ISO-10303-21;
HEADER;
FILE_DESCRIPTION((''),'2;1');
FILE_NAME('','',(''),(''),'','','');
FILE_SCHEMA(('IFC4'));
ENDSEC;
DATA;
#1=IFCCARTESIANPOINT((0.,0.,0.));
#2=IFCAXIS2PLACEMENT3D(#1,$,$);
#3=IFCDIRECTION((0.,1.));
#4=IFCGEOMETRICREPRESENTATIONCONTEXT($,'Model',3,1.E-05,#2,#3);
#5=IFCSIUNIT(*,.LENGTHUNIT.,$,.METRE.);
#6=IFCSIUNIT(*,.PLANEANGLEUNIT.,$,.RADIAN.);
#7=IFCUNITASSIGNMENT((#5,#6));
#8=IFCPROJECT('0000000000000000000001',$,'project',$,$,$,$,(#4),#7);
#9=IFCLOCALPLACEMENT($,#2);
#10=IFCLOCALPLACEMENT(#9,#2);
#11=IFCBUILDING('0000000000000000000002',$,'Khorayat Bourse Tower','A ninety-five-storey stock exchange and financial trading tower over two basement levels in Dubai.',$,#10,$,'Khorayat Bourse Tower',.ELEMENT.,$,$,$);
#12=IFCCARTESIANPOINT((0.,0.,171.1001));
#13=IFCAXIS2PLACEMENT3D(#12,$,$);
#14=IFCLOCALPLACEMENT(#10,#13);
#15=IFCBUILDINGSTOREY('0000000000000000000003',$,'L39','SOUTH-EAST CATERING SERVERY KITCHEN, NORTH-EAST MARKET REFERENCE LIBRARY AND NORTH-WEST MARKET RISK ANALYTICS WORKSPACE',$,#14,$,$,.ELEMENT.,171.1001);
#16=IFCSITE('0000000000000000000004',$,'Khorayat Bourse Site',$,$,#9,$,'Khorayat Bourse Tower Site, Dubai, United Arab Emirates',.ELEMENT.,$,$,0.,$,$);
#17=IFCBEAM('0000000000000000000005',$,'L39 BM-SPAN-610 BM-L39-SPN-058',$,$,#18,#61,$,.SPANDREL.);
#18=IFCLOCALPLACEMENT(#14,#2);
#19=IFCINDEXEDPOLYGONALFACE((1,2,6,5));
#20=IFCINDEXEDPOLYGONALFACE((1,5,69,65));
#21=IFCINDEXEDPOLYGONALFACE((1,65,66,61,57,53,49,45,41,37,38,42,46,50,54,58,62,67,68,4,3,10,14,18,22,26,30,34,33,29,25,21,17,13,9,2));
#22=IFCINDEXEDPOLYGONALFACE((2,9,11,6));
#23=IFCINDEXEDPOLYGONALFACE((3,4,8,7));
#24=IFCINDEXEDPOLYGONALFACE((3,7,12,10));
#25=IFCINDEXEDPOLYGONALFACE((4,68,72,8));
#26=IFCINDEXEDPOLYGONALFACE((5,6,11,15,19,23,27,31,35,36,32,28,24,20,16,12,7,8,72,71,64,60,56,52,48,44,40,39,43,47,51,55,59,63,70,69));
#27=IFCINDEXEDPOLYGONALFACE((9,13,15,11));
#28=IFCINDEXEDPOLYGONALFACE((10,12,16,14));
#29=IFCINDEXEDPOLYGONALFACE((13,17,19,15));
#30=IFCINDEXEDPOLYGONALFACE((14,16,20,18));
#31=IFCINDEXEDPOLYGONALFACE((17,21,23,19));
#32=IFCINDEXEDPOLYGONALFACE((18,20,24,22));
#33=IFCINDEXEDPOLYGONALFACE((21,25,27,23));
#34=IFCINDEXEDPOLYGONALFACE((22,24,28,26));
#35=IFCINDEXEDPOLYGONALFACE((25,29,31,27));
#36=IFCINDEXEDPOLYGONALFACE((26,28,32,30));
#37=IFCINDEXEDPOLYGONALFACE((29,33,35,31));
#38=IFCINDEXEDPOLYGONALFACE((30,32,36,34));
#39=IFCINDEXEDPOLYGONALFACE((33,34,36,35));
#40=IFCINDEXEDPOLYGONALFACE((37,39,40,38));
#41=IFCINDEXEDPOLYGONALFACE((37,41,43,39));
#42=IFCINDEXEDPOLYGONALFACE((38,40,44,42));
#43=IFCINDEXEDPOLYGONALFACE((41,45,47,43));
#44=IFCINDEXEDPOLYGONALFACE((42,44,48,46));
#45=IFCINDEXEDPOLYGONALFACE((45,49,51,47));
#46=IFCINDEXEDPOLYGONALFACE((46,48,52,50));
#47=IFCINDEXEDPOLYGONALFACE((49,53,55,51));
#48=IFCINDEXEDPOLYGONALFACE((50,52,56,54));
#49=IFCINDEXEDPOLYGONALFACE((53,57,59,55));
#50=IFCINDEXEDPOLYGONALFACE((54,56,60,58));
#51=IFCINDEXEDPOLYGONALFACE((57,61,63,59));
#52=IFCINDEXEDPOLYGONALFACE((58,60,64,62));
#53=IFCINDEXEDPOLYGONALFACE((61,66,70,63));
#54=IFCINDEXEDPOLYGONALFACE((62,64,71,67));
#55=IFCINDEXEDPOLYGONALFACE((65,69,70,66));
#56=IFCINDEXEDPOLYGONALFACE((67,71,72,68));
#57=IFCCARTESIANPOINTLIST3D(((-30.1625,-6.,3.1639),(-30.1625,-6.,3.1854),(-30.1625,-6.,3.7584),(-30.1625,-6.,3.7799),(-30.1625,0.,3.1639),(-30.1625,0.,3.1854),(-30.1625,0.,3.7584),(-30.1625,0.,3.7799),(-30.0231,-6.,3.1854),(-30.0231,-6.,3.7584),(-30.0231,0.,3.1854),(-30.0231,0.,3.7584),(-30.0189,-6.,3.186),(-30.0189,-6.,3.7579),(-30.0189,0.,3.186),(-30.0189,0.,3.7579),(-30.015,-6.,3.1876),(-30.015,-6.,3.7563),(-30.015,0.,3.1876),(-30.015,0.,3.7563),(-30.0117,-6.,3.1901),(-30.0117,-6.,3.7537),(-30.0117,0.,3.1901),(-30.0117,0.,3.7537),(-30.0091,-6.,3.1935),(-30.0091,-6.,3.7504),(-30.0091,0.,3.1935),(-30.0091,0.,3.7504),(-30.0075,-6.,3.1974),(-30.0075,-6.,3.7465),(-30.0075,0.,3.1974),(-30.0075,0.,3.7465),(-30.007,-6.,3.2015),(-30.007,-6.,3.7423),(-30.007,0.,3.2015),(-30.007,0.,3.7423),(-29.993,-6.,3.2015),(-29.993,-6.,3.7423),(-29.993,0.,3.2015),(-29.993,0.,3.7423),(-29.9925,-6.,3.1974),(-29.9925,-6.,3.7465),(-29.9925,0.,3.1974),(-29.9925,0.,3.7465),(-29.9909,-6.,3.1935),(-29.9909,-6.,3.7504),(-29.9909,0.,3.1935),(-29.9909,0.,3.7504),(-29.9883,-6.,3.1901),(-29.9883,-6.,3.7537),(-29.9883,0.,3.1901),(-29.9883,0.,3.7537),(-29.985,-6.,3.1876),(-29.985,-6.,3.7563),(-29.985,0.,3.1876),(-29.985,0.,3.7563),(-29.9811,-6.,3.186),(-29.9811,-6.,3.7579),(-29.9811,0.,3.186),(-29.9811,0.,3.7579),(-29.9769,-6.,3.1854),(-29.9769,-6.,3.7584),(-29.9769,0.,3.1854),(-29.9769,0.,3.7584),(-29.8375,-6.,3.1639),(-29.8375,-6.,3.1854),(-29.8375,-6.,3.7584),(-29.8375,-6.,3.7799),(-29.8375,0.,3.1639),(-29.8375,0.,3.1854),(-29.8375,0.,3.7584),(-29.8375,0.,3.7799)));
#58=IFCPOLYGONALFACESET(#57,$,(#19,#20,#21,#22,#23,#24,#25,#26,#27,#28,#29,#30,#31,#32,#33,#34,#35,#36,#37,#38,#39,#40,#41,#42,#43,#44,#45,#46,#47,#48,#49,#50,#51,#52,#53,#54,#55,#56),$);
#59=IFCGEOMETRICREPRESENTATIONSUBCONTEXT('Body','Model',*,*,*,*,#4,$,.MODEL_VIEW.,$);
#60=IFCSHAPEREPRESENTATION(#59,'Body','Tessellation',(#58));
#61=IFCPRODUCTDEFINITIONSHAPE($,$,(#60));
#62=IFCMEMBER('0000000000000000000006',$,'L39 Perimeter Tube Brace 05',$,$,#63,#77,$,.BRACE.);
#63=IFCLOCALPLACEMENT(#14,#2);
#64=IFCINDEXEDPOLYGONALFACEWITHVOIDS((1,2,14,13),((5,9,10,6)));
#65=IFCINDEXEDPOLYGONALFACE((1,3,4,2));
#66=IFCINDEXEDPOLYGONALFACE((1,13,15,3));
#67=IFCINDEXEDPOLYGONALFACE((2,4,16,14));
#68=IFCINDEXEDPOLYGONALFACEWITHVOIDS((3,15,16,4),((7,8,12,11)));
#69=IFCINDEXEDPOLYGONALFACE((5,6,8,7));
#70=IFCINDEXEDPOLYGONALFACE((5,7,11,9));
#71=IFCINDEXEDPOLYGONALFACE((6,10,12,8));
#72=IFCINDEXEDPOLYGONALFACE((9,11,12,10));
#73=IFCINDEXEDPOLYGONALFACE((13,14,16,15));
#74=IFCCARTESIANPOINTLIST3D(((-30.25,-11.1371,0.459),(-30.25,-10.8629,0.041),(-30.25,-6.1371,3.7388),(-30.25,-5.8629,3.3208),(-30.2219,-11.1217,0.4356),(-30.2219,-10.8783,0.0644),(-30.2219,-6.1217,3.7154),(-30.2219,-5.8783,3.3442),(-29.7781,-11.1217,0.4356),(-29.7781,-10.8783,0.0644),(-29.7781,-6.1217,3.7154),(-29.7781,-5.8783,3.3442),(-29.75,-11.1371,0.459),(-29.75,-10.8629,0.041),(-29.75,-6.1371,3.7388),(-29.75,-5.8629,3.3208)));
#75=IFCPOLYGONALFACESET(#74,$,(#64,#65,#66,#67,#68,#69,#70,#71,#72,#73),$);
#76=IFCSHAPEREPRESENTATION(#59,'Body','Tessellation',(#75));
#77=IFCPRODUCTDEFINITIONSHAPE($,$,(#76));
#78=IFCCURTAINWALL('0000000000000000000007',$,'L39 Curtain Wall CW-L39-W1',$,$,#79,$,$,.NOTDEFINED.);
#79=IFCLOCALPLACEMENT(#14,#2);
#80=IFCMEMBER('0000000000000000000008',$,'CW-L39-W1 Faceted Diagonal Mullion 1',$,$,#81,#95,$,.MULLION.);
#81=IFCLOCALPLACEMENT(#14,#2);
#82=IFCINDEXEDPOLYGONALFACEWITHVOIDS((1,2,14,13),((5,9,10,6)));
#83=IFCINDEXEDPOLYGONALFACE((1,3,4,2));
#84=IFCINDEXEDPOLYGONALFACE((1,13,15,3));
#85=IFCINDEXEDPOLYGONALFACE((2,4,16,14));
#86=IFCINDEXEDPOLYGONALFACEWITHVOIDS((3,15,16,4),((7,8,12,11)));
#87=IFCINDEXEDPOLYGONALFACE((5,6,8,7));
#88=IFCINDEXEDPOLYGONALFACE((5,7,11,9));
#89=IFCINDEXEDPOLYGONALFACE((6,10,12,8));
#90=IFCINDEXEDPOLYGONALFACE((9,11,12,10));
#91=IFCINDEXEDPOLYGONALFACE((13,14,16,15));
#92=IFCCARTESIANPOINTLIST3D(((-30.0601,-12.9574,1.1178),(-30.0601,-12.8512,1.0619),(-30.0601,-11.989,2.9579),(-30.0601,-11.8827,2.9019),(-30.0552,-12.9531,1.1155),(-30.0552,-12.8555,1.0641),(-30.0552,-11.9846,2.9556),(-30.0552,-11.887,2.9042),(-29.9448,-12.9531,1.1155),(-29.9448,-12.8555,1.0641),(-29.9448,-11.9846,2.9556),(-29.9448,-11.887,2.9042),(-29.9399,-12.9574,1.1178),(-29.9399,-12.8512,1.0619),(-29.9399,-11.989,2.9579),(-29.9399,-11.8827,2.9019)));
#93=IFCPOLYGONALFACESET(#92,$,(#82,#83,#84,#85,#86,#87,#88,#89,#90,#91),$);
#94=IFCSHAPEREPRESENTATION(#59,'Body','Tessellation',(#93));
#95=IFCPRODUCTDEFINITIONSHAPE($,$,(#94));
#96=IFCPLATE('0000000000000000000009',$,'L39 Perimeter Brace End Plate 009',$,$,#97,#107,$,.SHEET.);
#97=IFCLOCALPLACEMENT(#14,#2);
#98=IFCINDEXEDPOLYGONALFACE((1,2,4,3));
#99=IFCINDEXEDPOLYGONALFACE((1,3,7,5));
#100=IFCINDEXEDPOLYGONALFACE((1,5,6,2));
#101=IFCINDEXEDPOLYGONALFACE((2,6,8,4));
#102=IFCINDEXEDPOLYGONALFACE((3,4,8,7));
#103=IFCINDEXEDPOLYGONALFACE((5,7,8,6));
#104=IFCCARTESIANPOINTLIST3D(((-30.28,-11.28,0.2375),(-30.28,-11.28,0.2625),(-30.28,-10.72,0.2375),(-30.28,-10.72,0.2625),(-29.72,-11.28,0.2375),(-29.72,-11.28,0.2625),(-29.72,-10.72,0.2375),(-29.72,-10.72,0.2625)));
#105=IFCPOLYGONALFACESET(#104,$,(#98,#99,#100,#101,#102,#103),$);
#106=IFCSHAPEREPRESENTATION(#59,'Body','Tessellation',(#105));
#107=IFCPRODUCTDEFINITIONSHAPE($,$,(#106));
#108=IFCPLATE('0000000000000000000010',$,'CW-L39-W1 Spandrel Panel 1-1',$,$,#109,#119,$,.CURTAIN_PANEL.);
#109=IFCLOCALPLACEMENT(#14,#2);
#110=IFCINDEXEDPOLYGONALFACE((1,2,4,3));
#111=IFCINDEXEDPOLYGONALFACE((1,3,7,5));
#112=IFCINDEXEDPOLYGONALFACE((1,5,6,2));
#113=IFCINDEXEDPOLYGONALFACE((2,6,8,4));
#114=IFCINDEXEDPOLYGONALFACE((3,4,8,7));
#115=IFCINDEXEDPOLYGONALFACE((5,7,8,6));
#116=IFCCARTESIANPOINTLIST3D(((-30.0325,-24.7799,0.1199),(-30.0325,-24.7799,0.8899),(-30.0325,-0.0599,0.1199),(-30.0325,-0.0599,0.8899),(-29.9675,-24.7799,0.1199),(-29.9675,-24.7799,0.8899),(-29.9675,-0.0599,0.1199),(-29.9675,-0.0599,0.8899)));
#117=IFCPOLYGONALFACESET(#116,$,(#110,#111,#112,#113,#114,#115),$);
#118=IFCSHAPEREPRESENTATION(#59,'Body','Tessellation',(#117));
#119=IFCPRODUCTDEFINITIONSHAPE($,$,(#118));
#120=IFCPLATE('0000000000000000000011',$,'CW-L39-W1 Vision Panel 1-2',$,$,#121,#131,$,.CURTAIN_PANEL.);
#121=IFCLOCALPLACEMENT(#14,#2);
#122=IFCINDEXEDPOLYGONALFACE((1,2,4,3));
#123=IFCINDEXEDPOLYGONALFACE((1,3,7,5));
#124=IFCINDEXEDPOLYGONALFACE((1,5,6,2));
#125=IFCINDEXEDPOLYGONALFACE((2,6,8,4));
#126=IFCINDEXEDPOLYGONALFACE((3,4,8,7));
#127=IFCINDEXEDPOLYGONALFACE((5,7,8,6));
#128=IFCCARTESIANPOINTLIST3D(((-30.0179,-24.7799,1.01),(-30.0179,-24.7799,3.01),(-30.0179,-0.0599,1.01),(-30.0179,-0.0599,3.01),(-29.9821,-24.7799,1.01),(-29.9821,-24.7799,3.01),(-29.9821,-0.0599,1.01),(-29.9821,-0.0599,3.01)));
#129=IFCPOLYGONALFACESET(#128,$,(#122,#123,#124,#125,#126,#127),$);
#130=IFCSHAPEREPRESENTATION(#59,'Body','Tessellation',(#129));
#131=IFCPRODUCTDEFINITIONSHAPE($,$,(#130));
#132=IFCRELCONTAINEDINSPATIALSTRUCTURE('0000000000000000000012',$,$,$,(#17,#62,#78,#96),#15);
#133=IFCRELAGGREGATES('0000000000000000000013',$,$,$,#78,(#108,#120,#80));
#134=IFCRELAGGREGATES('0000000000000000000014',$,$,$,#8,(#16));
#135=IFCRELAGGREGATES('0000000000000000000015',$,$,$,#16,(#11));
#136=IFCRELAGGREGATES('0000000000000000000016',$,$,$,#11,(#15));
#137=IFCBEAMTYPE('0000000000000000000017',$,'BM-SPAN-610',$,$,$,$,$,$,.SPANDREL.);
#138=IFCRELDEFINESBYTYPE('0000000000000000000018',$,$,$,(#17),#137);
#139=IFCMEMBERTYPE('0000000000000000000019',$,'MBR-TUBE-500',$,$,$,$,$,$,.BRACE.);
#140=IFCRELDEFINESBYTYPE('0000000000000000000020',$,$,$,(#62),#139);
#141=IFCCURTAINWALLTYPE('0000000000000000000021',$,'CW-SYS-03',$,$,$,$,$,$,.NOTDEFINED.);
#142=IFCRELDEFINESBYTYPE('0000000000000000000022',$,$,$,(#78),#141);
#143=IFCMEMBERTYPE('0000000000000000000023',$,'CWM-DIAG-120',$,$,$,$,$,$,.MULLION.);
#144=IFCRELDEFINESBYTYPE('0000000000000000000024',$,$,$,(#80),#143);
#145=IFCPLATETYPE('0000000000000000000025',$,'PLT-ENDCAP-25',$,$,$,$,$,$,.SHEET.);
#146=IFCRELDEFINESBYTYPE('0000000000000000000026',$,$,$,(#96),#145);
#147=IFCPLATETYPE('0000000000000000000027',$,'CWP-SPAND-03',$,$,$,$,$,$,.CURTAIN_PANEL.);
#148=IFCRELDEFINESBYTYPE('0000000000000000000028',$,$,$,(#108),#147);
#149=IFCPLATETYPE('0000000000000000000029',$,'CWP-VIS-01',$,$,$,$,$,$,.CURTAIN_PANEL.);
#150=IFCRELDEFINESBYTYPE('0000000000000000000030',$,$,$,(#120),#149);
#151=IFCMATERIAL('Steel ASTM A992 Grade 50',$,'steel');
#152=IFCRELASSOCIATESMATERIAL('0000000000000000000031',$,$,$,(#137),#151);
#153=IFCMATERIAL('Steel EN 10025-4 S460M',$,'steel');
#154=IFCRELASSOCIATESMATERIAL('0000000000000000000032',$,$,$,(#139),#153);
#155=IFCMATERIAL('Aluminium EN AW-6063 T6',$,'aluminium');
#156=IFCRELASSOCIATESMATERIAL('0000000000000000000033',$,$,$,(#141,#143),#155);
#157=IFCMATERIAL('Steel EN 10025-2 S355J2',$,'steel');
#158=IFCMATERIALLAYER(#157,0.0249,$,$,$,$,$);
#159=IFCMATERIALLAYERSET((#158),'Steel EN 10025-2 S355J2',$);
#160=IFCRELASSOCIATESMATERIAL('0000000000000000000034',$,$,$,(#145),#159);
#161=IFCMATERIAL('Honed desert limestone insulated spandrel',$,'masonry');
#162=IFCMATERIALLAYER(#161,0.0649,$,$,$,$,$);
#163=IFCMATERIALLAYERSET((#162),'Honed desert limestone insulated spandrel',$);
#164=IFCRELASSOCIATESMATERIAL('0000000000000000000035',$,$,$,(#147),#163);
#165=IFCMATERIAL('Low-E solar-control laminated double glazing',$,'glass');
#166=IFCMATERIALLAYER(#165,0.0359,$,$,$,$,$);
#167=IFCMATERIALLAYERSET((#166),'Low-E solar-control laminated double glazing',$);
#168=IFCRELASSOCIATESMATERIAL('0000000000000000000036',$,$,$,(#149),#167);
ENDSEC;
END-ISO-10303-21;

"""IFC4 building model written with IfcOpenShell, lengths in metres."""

from ifc_helpers import new_model, si_unit, direction, frame, origin, origin_2d, place, context, subcontext, project, spatial, rectangle, hollow_rectangle, i_section, extrude, source, transform, mapped, material, layer, layer_set, material_profile, profile_set, type_object, element, aggregate, save


model = new_model("IFC4")

# Units and contexts
model_context = context("Model", 3, precision=1e-05, world=origin(), true_north=direction((0.0, 1.0)))
body_context = subcontext(model_context, "Body", "Model", "MODEL_VIEW")
ifc_project = project(units=[si_unit("LENGTHUNIT", "METRE"), si_unit("PLANEANGLEUNIT", "RADIAN")], contexts=[model_context])

# Site, building, storey
site_placement = place(None, origin())
site = spatial("IfcSite", under=ifc_project, at=site_placement, Name="Khorayat Bourse Site", LongName="Khorayat Bourse Tower Site, Dubai, United Arab Emirates", CompositionType="ELEMENT", RefElevation=0.0)
building_placement = place(site_placement, origin())
building = spatial("IfcBuilding", under=site, at=building_placement, Name="Khorayat Bourse Tower", Description="A ninety-five-storey stock exchange and financial trading tower over two basement levels in Dubai.", LongName="Khorayat Bourse Tower", CompositionType="ELEMENT")
storey_placement = place(building_placement, frame((0.0, 0.0, 171.1001)))
storey = spatial("IfcBuildingStorey", under=building, at=storey_placement, Name="L39", Description="SOUTH-EAST CATERING SERVERY KITCHEN, NORTH-EAST MARKET REFERENCE LIBRARY AND NORTH-WEST MARKET RISK ANALYTICS WORKSPACE", CompositionType="ELEMENT", Elevation=171.1001)

# Shared definitions
ifc_material_1 = material(Name="Steel EN 10025-4 S460M", Category="steel")

# Beam
ifc_material_2 = material(Name="Steel ASTM A992 Grade 50", Category="steel")
ifc_material_profile_1 = material_profile(ifc_material_2, i_section(OverallWidth=0.325, OverallDepth=0.616, WebThickness=0.0139, FlangeThickness=0.0215, FilletRadius=0.0161, at=origin_2d()), Name="W610X174")
ifc_profile_set_1 = profile_set([ifc_material_profile_1], Name="Steel ASTM A992 Grade 50")
beam_type_1 = type_object("IfcBeamType", Name="BM-SPAN-610", PredefinedType="SPANDREL", material=ifc_profile_set_1)
shared_shape_1 = source(origin(), body_context, "Body", "SweptSolid", [
    extrude(i_section(OverallWidth=0.325, OverallDepth=0.616, WebThickness=0.0139, FlangeThickness=0.0215, FilletRadius=0.0161, at=origin_2d()), origin(), (0.0, 0.0, 1.0), 6.0),
])
beam_1_placement = place(storey_placement, frame((-30.0, -6.0, 3.4719), z_axis=(0.0, 1.0, 0.0), x_axis=(-1.0, 0.0, 0.0)))
element("IfcBeam", 1, at=beam_1_placement, inside=storey, type_object=beam_type_1, Name="L39 BM-SPAN-610 BM-L39-SPN-058", PredefinedType="SPANDREL", context=body_context, shape_type="MappedRepresentation", body=[
    mapped(shared_shape_1, transform((0.0, 0.0, 0.0), scale=1.0)),
])

# Member
ifc_material_profile_2 = material_profile(ifc_material_1, hollow_rectangle(XDim=0.5, YDim=0.5, WallThickness=0.0281, at=origin_2d()), Name="HSS 500x500x28")
ifc_profile_set_2 = profile_set([ifc_material_profile_2], Name="Steel EN 10025-4 S460M")
member_type_1 = type_object("IfcMemberType", Name="MBR-TUBE-500", PredefinedType="BRACE", material=ifc_profile_set_2)
shared_shape_2 = source(origin(), body_context, "Body", "SweptSolid", [
    extrude(hollow_rectangle(XDim=0.5, YDim=0.5, WallThickness=0.0281, at=origin_2d()), origin(), (0.0, 0.0, 1.0), 5.9797),
])
member_1_placement = place(storey_placement, frame((-30.0, -11.0, 0.25), z_axis=(0.0, 0.83616, 0.548485), x_axis=(-1.0, 0.0, 0.0)))
element("IfcMember", 2, at=member_1_placement, inside=storey, type_object=member_type_1, Name="L39 Perimeter Tube Brace 05", PredefinedType="BRACE", context=body_context, shape_type="MappedRepresentation", body=[
    mapped(shared_shape_2, transform((0.0, 0.0, 0.0), scale=1.0)),
])

# Curtain wall, member
ifc_material_3 = material(Name="Aluminium EN AW-6063 T6", Category="aluminium")
curtain_wall_type = type_object("IfcCurtainWallType", Name="CW-SYS-03", PredefinedType="NOTDEFINED", material=ifc_material_3)
curtain_wall_placement = place(storey_placement, origin())
curtain_wall = element("IfcCurtainWall", 3, at=curtain_wall_placement, inside=storey, type_object=curtain_wall_type, Name="L39 Curtain Wall CW-L39-W1", PredefinedType="NOTDEFINED")
ifc_material_profile_3 = material_profile(ifc_material_3, hollow_rectangle(XDim=0.1201, YDim=0.1201, WallThickness=0.0049, at=origin_2d()), Name="ALU 120x120x5")
ifc_profile_set_3 = profile_set([ifc_material_profile_3], Name="Aluminium EN AW-6063 T6")
member_type_2 = type_object("IfcMemberType", Name="CWM-DIAG-120", PredefinedType="MULLION", material=ifc_profile_set_3)
shared_shape_3 = source(origin(), body_context, "Body", "SweptSolid", [
    extrude(hollow_rectangle(XDim=0.1201, YDim=0.1201, WallThickness=0.0049, at=origin_2d()), origin(), (0.0, 0.0, 1.0), 2.0793),
])
member_2_placement = place(storey_placement, frame((-30.0, -12.9043, 1.0898), z_axis=(0.0, 0.465761, 0.884911), x_axis=(-1.0, 0.0, 0.0)))
member_2 = element("IfcMember", 4, at=member_2_placement, type_object=member_type_2, Name="CW-L39-W1 Faceted Diagonal Mullion 1", PredefinedType="MULLION", context=body_context, shape_type="MappedRepresentation", body=[
    mapped(shared_shape_3, transform((0.0, 0.0, 0.0), scale=1.0)),
])

# Plates
ifc_material_4 = material(Name="Steel EN 10025-2 S355J2", Category="steel")
ifc_layer_1 = layer(ifc_material_4, 0.0249)
ifc_layer_set_1 = layer_set([ifc_layer_1], Name="Steel EN 10025-2 S355J2")
plate_type_1 = type_object("IfcPlateType", Name="PLT-ENDCAP-25", PredefinedType="SHEET", material=ifc_layer_set_1)
shared_shape_4 = source(origin(), body_context, "Body", "SweptSolid", [
    extrude(rectangle(XDim=0.5601, YDim=0.5601, at=origin_2d()), origin(), (0.0, 0.0, 1.0), 0.0249),
])
plate_1_placement = place(storey_placement, frame((-30.0, -11.0, 0.2375), z_axis=(0.0, 0.0, 1.0), x_axis=(1.0, 0.0, 0.0)))
element("IfcPlate", 5, at=plate_1_placement, inside=storey, type_object=plate_type_1, Name="L39 Perimeter Brace End Plate 009", PredefinedType="SHEET", context=body_context, shape_type="MappedRepresentation", body=[
    mapped(shared_shape_4, transform((0.0, 0.0, 0.0), scale=1.0)),
])
ifc_material_5 = material(Name="Honed desert limestone insulated spandrel", Category="masonry")
ifc_layer_2 = layer(ifc_material_5, 0.0649)
ifc_layer_set_2 = layer_set([ifc_layer_2], Name="Honed desert limestone insulated spandrel")
plate_type_2 = type_object("IfcPlateType", Name="CWP-SPAND-03", PredefinedType="CURTAIN_PANEL", material=ifc_layer_set_2)
shared_shape_5 = source(origin(), body_context, "Body", "SweptSolid", [
    extrude(rectangle(XDim=24.72, YDim=0.0649, at=origin_2d()), origin(), (0.0, 0.0, 1.0), 0.77),
])
plate_2_placement = place(storey_placement, frame((-30.0, -12.4199, 0.1199), z_axis=(0.0, 0.0, 1.0), x_axis=(0.0, 1.0, 0.0)))
plate_2 = element("IfcPlate", 6, at=plate_2_placement, type_object=plate_type_2, Name="CW-L39-W1 Spandrel Panel 1-1", PredefinedType="CURTAIN_PANEL", context=body_context, shape_type="MappedRepresentation", body=[
    mapped(shared_shape_5, transform((0.0, 0.0, 0.0), scale=1.0)),
])
ifc_material_6 = material(Name="Low-E solar-control laminated double glazing", Category="glass")
ifc_layer_3 = layer(ifc_material_6, 0.0359)
ifc_layer_set_3 = layer_set([ifc_layer_3], Name="Low-E solar-control laminated double glazing")
plate_type_3 = type_object("IfcPlateType", Name="CWP-VIS-01", PredefinedType="CURTAIN_PANEL", material=ifc_layer_set_3)
shared_shape_6 = source(origin(), body_context, "Body", "SweptSolid", [
    extrude(rectangle(XDim=24.72, YDim=0.0359, at=origin_2d()), origin(), (0.0, 0.0, 1.0), 2.0),
])
plate_3_placement = place(storey_placement, frame((-30.0, -12.4199, 1.01), z_axis=(0.0, 0.0, 1.0), x_axis=(0.0, 1.0, 0.0)))
plate_3 = element("IfcPlate", 7, at=plate_3_placement, type_object=plate_type_3, Name="CW-L39-W1 Vision Panel 1-2", PredefinedType="CURTAIN_PANEL", context=body_context, shape_type="MappedRepresentation", body=[
    mapped(shared_shape_6, transform((0.0, 0.0, 0.0), scale=1.0)),
])
aggregate(curtain_wall, [plate_2, plate_3, member_2])

save(model, "model.ifc")
